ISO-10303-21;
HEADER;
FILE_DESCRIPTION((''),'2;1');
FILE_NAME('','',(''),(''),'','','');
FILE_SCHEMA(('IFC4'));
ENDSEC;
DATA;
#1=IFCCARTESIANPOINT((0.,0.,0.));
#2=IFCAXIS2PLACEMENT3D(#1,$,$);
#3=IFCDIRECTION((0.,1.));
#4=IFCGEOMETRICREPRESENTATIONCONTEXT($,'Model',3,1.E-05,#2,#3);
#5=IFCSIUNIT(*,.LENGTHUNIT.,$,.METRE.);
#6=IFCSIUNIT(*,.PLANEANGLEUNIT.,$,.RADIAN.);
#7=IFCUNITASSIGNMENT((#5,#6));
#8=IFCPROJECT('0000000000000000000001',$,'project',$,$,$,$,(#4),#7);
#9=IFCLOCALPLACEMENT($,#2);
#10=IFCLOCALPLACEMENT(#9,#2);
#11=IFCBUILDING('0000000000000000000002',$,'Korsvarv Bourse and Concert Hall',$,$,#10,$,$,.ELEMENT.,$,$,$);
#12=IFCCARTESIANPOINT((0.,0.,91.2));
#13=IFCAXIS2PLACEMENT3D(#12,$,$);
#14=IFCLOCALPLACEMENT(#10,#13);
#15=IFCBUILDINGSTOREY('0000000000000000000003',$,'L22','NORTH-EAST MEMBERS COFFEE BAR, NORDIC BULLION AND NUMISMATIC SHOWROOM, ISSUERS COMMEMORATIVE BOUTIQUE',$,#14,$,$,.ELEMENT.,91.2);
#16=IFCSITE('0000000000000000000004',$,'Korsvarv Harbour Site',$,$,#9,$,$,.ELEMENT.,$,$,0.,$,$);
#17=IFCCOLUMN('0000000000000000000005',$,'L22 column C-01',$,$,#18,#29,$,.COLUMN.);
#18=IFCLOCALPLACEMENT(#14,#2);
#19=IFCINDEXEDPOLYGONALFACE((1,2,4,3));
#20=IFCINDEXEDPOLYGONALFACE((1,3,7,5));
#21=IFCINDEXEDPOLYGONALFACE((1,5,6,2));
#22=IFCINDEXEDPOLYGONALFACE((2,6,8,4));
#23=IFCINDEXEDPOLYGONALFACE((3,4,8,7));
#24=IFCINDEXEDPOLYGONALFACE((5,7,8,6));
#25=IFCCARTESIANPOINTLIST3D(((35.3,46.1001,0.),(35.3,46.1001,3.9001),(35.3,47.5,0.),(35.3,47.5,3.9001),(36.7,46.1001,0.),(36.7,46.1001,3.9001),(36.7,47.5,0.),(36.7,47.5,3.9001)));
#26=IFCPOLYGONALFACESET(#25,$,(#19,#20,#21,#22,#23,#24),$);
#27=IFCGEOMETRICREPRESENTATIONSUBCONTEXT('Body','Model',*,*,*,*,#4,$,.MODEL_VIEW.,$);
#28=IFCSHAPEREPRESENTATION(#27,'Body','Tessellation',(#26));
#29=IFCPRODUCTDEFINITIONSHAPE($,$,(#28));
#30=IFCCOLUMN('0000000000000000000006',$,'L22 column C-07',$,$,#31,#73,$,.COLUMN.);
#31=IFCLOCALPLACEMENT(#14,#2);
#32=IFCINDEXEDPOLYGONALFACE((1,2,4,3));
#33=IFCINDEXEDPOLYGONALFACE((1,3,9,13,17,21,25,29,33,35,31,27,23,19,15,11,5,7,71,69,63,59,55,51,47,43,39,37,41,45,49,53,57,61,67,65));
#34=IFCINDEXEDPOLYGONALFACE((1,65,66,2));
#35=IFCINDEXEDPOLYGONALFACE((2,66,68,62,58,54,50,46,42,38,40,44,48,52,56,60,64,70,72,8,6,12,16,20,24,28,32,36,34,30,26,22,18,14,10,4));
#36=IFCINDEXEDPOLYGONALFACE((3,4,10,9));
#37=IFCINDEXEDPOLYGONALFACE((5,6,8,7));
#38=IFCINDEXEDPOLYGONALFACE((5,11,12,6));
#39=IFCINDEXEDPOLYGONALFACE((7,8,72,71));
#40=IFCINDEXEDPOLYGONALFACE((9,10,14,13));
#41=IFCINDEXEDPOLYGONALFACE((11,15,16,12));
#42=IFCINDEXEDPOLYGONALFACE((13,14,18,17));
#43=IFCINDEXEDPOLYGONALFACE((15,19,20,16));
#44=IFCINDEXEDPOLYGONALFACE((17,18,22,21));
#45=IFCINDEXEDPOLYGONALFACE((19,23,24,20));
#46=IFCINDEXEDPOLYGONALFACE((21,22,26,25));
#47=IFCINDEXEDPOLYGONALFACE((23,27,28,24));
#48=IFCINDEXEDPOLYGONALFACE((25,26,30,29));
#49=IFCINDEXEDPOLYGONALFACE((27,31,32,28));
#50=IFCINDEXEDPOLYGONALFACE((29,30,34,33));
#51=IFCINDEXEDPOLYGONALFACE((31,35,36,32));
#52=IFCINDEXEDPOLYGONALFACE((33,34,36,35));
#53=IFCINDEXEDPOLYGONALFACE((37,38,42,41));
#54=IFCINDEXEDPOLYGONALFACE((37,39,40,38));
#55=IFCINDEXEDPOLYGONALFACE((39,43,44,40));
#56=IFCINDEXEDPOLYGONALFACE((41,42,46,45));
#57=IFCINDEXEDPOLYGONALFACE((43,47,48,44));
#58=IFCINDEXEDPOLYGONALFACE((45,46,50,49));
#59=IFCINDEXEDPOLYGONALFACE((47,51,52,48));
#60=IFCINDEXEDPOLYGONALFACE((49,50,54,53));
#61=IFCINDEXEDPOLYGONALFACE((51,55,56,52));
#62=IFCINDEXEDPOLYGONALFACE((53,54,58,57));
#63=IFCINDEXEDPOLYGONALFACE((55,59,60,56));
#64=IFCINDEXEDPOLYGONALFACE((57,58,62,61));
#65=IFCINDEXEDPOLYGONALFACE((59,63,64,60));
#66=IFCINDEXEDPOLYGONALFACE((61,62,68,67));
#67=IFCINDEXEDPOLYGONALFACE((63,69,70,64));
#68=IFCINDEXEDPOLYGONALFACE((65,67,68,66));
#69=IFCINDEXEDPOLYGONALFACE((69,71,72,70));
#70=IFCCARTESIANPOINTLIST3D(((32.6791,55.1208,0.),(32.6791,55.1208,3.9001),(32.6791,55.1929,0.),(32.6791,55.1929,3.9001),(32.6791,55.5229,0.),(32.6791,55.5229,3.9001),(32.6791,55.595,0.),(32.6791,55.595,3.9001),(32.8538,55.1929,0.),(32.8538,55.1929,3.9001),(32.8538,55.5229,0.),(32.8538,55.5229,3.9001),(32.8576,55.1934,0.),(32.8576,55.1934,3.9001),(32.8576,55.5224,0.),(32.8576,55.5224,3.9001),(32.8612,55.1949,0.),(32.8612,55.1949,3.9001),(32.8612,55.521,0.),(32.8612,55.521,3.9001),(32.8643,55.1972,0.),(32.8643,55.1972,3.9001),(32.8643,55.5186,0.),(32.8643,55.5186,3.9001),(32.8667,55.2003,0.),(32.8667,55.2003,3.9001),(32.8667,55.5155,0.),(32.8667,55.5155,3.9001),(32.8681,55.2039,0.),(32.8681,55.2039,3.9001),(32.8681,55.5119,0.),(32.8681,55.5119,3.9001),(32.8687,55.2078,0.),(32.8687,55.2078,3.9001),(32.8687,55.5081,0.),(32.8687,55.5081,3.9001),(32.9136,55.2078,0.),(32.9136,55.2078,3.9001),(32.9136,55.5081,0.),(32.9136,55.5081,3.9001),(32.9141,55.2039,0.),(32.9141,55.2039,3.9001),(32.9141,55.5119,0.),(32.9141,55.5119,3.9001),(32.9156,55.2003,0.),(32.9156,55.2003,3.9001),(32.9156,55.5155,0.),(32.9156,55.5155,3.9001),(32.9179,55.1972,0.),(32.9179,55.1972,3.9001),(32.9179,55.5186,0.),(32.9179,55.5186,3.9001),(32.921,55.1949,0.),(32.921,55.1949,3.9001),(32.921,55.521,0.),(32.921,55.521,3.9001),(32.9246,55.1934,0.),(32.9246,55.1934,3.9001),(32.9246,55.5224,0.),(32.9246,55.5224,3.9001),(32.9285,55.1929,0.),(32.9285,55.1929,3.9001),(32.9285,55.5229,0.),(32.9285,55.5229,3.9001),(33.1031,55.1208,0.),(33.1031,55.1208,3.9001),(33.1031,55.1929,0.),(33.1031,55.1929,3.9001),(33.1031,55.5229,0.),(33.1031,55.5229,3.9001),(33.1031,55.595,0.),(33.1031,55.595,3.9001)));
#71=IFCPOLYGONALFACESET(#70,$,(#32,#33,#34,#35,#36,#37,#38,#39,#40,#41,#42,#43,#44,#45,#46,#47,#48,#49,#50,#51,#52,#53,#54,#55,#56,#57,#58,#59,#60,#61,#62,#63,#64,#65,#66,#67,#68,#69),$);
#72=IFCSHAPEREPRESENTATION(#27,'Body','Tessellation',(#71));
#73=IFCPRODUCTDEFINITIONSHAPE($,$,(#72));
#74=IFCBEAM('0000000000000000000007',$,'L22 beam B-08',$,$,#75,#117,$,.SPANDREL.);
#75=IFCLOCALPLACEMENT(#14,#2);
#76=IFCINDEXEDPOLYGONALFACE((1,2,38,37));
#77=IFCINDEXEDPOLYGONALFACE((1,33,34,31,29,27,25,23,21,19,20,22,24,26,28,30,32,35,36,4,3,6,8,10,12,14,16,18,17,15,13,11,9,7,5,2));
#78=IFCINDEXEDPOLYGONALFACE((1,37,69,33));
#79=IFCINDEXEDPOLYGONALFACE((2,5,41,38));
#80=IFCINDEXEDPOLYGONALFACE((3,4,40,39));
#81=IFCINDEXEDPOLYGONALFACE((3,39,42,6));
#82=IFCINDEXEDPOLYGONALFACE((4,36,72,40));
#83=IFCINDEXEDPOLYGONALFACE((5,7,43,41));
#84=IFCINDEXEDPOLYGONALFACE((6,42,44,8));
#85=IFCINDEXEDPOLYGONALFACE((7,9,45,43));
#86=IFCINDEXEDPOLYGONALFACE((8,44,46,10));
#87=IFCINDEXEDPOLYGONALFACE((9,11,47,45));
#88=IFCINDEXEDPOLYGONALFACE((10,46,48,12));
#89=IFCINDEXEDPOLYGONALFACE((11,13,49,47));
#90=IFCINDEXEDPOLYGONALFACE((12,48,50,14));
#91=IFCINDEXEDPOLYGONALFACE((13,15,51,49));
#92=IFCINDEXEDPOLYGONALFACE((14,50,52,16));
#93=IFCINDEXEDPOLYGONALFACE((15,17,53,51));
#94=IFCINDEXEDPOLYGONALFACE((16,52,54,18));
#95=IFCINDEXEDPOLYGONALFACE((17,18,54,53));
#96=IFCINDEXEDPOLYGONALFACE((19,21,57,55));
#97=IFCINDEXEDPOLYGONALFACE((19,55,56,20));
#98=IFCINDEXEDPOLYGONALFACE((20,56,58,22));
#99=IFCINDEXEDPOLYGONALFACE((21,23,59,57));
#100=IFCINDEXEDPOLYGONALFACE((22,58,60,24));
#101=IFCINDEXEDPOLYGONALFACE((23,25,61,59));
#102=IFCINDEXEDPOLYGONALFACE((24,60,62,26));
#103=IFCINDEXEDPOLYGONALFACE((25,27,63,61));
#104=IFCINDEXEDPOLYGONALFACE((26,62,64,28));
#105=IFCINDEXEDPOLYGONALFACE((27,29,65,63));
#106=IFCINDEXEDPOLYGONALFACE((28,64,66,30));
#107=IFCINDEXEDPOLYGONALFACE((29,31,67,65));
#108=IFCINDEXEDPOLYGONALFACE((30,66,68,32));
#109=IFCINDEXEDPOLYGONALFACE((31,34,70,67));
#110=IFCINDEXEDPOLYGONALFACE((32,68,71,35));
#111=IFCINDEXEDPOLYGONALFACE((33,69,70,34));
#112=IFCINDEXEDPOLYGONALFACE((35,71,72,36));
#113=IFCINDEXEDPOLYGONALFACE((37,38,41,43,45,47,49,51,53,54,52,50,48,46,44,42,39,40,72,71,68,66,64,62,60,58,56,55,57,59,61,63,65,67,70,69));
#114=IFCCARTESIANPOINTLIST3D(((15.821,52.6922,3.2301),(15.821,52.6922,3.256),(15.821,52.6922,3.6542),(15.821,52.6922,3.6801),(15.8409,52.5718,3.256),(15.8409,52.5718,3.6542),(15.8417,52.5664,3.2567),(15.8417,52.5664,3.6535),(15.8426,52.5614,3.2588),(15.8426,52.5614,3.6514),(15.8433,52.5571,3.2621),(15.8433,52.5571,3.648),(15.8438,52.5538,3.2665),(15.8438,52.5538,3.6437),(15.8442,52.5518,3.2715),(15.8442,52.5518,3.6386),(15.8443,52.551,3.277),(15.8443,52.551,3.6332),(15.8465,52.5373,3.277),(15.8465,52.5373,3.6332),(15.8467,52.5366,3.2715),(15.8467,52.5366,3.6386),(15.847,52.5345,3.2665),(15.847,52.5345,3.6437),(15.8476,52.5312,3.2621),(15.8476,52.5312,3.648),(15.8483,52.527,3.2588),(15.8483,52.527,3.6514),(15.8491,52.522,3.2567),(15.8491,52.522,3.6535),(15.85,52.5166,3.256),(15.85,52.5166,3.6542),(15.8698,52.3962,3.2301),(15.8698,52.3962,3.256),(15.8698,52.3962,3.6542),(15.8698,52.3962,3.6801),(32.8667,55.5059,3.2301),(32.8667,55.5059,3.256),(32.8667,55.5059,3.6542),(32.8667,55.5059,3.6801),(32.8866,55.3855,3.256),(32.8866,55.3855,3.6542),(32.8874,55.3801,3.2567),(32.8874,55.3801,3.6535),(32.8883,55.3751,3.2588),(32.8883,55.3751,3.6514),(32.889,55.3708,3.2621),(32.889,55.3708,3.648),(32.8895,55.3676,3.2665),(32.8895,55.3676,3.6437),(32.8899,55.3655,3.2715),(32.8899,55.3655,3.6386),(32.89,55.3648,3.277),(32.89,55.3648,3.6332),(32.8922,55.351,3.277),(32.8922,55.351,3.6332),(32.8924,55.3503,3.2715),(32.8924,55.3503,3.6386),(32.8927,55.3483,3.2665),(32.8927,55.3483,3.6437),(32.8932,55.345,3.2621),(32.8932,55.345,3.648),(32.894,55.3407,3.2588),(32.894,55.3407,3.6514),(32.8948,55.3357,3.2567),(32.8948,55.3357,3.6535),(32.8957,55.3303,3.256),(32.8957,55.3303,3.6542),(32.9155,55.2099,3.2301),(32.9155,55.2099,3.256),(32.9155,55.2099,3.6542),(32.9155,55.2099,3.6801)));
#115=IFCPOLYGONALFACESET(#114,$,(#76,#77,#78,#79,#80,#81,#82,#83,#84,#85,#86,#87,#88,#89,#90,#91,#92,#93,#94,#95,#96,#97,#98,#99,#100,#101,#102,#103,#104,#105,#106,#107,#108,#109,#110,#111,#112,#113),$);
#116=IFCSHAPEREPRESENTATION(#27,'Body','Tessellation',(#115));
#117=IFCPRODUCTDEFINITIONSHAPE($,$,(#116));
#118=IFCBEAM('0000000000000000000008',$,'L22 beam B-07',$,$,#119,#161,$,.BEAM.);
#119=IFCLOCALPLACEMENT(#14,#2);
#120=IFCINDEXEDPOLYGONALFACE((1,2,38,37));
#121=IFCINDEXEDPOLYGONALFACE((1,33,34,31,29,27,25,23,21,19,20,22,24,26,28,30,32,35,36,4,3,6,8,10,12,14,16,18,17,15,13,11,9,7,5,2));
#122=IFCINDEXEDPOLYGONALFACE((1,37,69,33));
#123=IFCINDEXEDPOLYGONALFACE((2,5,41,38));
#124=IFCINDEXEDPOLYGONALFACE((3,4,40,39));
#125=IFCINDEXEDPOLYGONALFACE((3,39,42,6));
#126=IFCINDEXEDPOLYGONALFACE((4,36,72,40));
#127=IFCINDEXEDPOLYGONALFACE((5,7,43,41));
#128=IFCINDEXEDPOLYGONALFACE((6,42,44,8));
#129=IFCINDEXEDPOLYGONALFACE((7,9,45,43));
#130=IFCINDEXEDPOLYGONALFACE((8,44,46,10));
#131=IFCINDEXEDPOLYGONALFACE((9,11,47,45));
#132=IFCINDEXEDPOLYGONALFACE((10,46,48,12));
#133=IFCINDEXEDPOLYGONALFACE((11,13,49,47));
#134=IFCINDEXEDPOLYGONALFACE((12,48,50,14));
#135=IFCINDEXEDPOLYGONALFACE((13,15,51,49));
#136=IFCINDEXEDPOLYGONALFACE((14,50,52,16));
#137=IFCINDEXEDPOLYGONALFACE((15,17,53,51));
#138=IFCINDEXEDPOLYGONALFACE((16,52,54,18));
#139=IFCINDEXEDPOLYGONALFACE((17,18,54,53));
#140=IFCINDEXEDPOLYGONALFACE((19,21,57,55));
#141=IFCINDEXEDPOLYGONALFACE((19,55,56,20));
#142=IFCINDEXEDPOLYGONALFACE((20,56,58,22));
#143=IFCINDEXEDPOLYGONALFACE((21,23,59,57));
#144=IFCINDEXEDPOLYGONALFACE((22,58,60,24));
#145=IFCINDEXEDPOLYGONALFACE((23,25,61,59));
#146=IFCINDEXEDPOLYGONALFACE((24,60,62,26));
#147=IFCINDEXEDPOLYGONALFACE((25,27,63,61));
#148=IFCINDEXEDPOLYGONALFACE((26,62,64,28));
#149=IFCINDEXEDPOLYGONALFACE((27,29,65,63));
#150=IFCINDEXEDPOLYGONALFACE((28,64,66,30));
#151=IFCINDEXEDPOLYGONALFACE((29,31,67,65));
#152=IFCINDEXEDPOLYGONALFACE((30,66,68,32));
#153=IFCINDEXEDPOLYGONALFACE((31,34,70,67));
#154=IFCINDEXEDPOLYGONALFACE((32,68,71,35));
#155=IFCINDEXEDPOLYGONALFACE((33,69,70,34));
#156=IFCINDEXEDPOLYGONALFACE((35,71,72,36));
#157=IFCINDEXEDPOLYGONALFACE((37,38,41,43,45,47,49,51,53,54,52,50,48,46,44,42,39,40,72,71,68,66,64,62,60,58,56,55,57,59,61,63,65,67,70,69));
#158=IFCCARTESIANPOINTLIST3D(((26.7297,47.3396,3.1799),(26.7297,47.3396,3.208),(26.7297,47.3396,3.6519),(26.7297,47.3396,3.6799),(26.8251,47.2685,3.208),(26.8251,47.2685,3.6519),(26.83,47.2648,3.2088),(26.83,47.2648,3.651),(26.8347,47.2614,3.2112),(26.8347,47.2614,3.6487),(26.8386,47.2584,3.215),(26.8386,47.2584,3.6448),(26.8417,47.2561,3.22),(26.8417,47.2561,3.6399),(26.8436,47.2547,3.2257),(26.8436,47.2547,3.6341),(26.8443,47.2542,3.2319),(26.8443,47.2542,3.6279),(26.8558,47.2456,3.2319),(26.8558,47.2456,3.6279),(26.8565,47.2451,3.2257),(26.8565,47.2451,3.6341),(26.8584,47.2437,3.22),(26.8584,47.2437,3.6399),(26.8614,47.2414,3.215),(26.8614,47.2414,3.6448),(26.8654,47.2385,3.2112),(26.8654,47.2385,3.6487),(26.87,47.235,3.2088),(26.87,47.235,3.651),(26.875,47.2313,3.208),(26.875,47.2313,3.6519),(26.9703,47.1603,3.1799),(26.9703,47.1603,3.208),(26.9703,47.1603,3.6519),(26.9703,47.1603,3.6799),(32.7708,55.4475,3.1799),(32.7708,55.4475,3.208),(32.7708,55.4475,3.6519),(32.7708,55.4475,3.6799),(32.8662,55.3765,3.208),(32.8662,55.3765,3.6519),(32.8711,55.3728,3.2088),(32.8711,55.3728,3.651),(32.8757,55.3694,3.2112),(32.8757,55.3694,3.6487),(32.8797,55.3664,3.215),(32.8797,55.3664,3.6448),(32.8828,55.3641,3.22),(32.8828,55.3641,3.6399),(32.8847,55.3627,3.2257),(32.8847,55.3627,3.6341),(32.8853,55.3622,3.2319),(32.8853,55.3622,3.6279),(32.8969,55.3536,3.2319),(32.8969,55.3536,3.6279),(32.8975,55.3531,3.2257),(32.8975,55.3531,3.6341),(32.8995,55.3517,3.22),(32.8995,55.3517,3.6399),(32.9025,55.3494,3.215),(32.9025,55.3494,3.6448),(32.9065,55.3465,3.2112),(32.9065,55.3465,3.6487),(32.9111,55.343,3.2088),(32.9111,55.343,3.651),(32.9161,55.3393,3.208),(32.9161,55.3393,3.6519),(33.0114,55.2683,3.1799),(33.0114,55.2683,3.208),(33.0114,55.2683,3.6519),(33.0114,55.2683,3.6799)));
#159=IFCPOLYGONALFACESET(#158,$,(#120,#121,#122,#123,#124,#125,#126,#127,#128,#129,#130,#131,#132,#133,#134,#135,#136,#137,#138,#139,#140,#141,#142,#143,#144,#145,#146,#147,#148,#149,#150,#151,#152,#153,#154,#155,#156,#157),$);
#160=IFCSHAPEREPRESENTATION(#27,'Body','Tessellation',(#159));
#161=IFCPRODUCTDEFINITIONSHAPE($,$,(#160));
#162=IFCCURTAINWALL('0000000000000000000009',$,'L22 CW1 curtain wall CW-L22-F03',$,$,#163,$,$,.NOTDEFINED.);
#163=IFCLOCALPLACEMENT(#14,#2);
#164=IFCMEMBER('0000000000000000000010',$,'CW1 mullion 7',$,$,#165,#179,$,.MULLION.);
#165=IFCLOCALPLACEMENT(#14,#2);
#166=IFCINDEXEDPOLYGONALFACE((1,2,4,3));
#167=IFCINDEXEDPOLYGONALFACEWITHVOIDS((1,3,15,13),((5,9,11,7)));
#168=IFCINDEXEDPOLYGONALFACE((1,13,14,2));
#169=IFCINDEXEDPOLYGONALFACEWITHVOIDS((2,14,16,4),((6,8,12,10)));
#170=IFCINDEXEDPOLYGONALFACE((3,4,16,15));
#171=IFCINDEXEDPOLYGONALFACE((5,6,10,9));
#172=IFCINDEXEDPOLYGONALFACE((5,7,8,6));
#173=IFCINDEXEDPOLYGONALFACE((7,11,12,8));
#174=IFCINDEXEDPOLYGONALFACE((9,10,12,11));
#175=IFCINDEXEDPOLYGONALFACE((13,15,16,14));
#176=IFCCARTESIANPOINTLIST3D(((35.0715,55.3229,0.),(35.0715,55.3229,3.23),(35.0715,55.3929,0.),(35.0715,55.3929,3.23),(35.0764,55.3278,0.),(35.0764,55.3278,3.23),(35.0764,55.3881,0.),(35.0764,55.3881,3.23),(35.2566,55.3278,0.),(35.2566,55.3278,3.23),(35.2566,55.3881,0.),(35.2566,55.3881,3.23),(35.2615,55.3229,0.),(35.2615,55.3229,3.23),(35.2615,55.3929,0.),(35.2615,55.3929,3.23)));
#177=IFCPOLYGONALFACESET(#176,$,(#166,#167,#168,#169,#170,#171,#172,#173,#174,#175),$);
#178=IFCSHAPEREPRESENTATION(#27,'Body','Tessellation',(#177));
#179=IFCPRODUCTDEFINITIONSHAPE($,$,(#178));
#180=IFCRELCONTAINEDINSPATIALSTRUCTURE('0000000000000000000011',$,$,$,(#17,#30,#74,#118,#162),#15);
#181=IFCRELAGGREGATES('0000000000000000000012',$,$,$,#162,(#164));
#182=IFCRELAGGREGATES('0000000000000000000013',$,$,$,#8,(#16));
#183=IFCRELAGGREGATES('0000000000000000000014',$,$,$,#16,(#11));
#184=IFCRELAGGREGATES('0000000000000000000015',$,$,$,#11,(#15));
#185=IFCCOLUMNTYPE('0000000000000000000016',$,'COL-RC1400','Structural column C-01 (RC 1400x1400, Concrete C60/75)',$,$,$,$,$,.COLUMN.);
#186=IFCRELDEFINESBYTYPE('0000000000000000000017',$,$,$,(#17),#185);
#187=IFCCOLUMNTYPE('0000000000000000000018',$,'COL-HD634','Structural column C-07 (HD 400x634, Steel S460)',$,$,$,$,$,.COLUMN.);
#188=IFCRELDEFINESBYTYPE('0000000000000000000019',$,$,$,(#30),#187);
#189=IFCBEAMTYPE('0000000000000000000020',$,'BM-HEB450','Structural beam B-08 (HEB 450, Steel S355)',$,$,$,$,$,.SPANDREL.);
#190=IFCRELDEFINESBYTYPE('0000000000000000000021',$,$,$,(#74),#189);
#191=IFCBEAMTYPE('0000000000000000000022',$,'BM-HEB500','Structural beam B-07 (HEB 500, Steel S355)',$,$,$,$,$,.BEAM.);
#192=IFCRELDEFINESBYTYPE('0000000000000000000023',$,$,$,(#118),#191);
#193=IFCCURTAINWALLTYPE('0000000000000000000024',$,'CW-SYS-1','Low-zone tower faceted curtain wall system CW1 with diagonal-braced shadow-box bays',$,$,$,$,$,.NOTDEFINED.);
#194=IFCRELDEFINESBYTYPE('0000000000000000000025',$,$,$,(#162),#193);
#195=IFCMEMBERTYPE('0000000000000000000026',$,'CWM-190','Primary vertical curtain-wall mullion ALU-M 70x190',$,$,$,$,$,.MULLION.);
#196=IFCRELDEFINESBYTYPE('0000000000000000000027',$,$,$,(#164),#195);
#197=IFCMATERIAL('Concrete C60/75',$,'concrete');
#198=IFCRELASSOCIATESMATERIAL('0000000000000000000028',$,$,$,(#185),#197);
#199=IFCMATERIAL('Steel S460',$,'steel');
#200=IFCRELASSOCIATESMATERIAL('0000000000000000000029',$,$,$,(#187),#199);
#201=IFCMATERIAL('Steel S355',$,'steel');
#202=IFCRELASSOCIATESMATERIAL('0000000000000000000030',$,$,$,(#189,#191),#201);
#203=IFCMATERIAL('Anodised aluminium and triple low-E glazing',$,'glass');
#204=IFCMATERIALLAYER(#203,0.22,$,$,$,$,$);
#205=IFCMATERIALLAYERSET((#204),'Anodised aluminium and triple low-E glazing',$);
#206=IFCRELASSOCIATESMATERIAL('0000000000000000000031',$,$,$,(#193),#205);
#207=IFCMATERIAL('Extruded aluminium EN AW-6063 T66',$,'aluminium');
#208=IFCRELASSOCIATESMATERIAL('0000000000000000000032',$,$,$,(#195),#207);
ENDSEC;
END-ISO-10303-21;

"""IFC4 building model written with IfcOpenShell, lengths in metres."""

from ifc_helpers import new_model, si_unit, direction, frame, origin, origin_2d, place, context, subcontext, project, spatial, rectangle, hollow_rectangle, i_section, extrude, source, transform, mapped, material, layer, layer_set, material_profile, profile_set, type_object, element, aggregate, save


model = new_model("IFC4")

# Units and contexts
model_context = context("Model", 3, precision=1e-05, world=origin(), true_north=direction((0.0, 1.0)))
body_context = subcontext(model_context, "Body", "Model", "MODEL_VIEW")
ifc_project = project(units=[si_unit("LENGTHUNIT", "METRE"), si_unit("PLANEANGLEUNIT", "RADIAN")], contexts=[model_context])

# Site, building, storey
site_placement = place(None, origin())
site = spatial("IfcSite", under=ifc_project, at=site_placement, Name="Korsvarv Harbour Site", CompositionType="ELEMENT", RefElevation=0.0)
building_placement = place(site_placement, origin())
building = spatial("IfcBuilding", under=site, at=building_placement, Name="Korsvarv Bourse and Concert Hall", CompositionType="ELEMENT")
storey_placement = place(building_placement, frame((0.0, 0.0, 91.2)))
storey = spatial("IfcBuildingStorey", under=building, at=storey_placement, Name="L22", Description="NORTH-EAST MEMBERS COFFEE BAR, NORDIC BULLION AND NUMISMATIC SHOWROOM, ISSUERS COMMEMORATIVE BOUTIQUE", CompositionType="ELEMENT", Elevation=91.2)

# Columns
ifc_material_1 = material(Name="Concrete C60/75", Category="concrete")
ifc_material_profile_1 = material_profile(ifc_material_1, rectangle(XDim=1.3999, YDim=1.3999, at=origin_2d()), Name="RC 1400x1400")
ifc_profile_set_1 = profile_set([ifc_material_profile_1], Name="Concrete C60/75")
column_type_1 = type_object("IfcColumnType", Name="COL-RC1400", Description="Structural column C-01 (RC 1400x1400, Concrete C60/75)", PredefinedType="COLUMN", material=ifc_profile_set_1)
shared_shape_1 = source(origin(), body_context, "Body", "SweptSolid", [
    extrude(rectangle(XDim=1.3999, YDim=1.3999, at=origin_2d()), origin(), (0.0, 0.0, 1.0), 3.9001),
])
column_1_placement = place(storey_placement, frame((36.0, 46.8, 0.0), z_axis=(0.0, 0.0, 1.0), x_axis=(1.0, 0.0, 0.0)))
element("IfcColumn", 1, at=column_1_placement, inside=storey, type_object=column_type_1, Name="L22 column C-01", PredefinedType="COLUMN", context=body_context, shape_type="MappedRepresentation", body=[
    mapped(shared_shape_1, transform((0.0, 0.0, 0.0), scale=1.0)),
])
ifc_material_2 = material(Name="Steel S460", Category="steel")
ifc_material_profile_2 = material_profile(ifc_material_2, i_section(OverallWidth=0.4241, OverallDepth=0.4741, WebThickness=0.0449, FlangeThickness=0.072, FilletRadius=0.0149, at=origin_2d()), Name="HD 400x634")
ifc_profile_set_2 = profile_set([ifc_material_profile_2], Name="Steel S460")
column_type_2 = type_object("IfcColumnType", Name="COL-HD634", Description="Structural column C-07 (HD 400x634, Steel S460)", PredefinedType="COLUMN", material=ifc_profile_set_2)
shared_shape_2 = source(origin(), body_context, "Body", "SweptSolid", [
    extrude(i_section(OverallWidth=0.4241, OverallDepth=0.4741, WebThickness=0.0449, FlangeThickness=0.072, FilletRadius=0.0149, at=origin_2d()), origin(), (0.0, 0.0, 1.0), 3.9001),
])
column_2_placement = place(storey_placement, frame((32.8911, 55.3579, 0.0), z_axis=(0.0, 0.0, 1.0), x_axis=(1.0, 0.0, 0.0)))
element("IfcColumn", 2, at=column_2_placement, inside=storey, type_object=column_type_2, Name="L22 column C-07", PredefinedType="COLUMN", context=body_context, shape_type="MappedRepresentation", body=[
    mapped(shared_shape_2, transform((0.0, 0.0, 0.0), scale=1.0)),
])

# Beams
ifc_material_3 = material(Name="Steel S355", Category="steel")
ifc_material_profile_3 = material_profile(ifc_material_3, i_section(OverallWidth=0.3, OverallDepth=0.45, WebThickness=0.0139, FlangeThickness=0.0259, FilletRadius=0.021, at=origin_2d()), Name="HEB 450")
ifc_profile_set_3 = profile_set([ifc_material_profile_3], Name="Steel S355")
beam_type_1 = type_object("IfcBeamType", Name="BM-HEB450", Description="Structural beam B-08 (HEB 450, Steel S355)", PredefinedType="SPANDREL", material=ifc_profile_set_3)
shared_shape_3 = source(origin(), body_context, "Body", "SweptSolid", [
    extrude(i_section(OverallWidth=0.3, OverallDepth=0.45, WebThickness=0.0139, FlangeThickness=0.0259, FilletRadius=0.021, at=origin_2d()), origin(), (0.0, 0.0, 1.0), 17.2764),
])
beam_1_placement = place(storey_placement, frame((32.8911, 55.3579, 3.4551), z_axis=(-0.986648, -0.162866, 0.0), x_axis=(0.162866, -0.986648, 0.0)))
element("IfcBeam", 3, at=beam_1_placement, inside=storey, type_object=beam_type_1, Name="L22 beam B-08", PredefinedType="SPANDREL", context=body_context, shape_type="MappedRepresentation", body=[
    mapped(shared_shape_3, transform((0.0, 0.0, 0.0), scale=1.0)),
])
ifc_material_profile_4 = material_profile(ifc_material_3, i_section(OverallWidth=0.3, OverallDepth=0.5, WebThickness=0.0144, FlangeThickness=0.0281, FilletRadius=0.0239, at=origin_2d()), Name="HEB 500")
ifc_profile_set_4 = profile_set([ifc_material_profile_4], Name="Steel S355")
beam_type_2 = type_object("IfcBeamType", Name="BM-HEB500", Description="Structural beam B-07 (HEB 500, Steel S355)", PredefinedType="BEAM", material=ifc_profile_set_4)
shared_shape_4 = source(origin(), body_context, "Body", "SweptSolid", [
    extrude(i_section(OverallWidth=0.3, OverallDepth=0.5, WebThickness=0.0144, FlangeThickness=0.0281, FilletRadius=0.0239, at=origin_2d()), origin(), (0.0, 0.0, 1.0), 10.1111),
])
beam_2_placement = place(storey_placement, frame((32.8911, 55.3579, 3.4299), z_axis=(-0.59747, -0.801891, 0.0), x_axis=(0.801891, -0.59747, 0.0)))
element("IfcBeam", 4, at=beam_2_placement, inside=storey, type_object=beam_type_2, Name="L22 beam B-07", PredefinedType="BEAM", context=body_context, shape_type="MappedRepresentation", body=[
    mapped(shared_shape_4, transform((0.0, 0.0, 0.0), scale=1.0)),
])

# Curtain wall, member
ifc_material_4 = material(Name="Anodised aluminium and triple low-E glazing", Category="glass")
ifc_layer_1 = layer(ifc_material_4, 0.22)
ifc_layer_set_1 = layer_set([ifc_layer_1], Name="Anodised aluminium and triple low-E glazing")
curtain_wall_type = type_object("IfcCurtainWallType", Name="CW-SYS-1", Description="Low-zone tower faceted curtain wall system CW1 with diagonal-braced shadow-box bays", PredefinedType="NOTDEFINED", material=ifc_layer_set_1)
curtain_wall_placement = place(storey_placement, origin())
curtain_wall = element("IfcCurtainWall", 5, at=curtain_wall_placement, inside=storey, type_object=curtain_wall_type, Name="L22 CW1 curtain wall CW-L22-F03", PredefinedType="NOTDEFINED")
ifc_material_5 = material(Name="Extruded aluminium EN AW-6063 T66", Category="aluminium")
ifc_material_profile_5 = material_profile(ifc_material_5, hollow_rectangle(XDim=0.0701, YDim=0.1899, WallThickness=0.0049, at=origin_2d()), Name="ALU-M 70x190")
ifc_profile_set_5 = profile_set([ifc_material_profile_5], Name="Extruded aluminium EN AW-6063 T66")
member_type_1 = type_object("IfcMemberType", Name="CWM-190", Description="Primary vertical curtain-wall mullion ALU-M 70x190", PredefinedType="MULLION", material=ifc_profile_set_5)
shared_shape_5 = source(origin(), body_context, "Body", "SweptSolid", [
    extrude(hollow_rectangle(XDim=0.0701, YDim=0.1899, WallThickness=0.0049, at=origin_2d()), origin(), (0.0, 0.0, 1.0), 3.23),
])
member_1_placement = place(storey_placement, frame((35.1665, 55.3579, 0.0), z_axis=(0.0, 0.0, 1.0), x_axis=(0.0, -1.0, 0.0)))
member_1 = element("IfcMember", 6, at=member_1_placement, type_object=member_type_1, Name="CW1 mullion 7", PredefinedType="MULLION", context=body_context, shape_type="MappedRepresentation", body=[
    mapped(shared_shape_5, transform((0.0, 0.0, 0.0), scale=1.0)),
])
aggregate(curtain_wall, [member_1])

save(model, "model.ifc")
